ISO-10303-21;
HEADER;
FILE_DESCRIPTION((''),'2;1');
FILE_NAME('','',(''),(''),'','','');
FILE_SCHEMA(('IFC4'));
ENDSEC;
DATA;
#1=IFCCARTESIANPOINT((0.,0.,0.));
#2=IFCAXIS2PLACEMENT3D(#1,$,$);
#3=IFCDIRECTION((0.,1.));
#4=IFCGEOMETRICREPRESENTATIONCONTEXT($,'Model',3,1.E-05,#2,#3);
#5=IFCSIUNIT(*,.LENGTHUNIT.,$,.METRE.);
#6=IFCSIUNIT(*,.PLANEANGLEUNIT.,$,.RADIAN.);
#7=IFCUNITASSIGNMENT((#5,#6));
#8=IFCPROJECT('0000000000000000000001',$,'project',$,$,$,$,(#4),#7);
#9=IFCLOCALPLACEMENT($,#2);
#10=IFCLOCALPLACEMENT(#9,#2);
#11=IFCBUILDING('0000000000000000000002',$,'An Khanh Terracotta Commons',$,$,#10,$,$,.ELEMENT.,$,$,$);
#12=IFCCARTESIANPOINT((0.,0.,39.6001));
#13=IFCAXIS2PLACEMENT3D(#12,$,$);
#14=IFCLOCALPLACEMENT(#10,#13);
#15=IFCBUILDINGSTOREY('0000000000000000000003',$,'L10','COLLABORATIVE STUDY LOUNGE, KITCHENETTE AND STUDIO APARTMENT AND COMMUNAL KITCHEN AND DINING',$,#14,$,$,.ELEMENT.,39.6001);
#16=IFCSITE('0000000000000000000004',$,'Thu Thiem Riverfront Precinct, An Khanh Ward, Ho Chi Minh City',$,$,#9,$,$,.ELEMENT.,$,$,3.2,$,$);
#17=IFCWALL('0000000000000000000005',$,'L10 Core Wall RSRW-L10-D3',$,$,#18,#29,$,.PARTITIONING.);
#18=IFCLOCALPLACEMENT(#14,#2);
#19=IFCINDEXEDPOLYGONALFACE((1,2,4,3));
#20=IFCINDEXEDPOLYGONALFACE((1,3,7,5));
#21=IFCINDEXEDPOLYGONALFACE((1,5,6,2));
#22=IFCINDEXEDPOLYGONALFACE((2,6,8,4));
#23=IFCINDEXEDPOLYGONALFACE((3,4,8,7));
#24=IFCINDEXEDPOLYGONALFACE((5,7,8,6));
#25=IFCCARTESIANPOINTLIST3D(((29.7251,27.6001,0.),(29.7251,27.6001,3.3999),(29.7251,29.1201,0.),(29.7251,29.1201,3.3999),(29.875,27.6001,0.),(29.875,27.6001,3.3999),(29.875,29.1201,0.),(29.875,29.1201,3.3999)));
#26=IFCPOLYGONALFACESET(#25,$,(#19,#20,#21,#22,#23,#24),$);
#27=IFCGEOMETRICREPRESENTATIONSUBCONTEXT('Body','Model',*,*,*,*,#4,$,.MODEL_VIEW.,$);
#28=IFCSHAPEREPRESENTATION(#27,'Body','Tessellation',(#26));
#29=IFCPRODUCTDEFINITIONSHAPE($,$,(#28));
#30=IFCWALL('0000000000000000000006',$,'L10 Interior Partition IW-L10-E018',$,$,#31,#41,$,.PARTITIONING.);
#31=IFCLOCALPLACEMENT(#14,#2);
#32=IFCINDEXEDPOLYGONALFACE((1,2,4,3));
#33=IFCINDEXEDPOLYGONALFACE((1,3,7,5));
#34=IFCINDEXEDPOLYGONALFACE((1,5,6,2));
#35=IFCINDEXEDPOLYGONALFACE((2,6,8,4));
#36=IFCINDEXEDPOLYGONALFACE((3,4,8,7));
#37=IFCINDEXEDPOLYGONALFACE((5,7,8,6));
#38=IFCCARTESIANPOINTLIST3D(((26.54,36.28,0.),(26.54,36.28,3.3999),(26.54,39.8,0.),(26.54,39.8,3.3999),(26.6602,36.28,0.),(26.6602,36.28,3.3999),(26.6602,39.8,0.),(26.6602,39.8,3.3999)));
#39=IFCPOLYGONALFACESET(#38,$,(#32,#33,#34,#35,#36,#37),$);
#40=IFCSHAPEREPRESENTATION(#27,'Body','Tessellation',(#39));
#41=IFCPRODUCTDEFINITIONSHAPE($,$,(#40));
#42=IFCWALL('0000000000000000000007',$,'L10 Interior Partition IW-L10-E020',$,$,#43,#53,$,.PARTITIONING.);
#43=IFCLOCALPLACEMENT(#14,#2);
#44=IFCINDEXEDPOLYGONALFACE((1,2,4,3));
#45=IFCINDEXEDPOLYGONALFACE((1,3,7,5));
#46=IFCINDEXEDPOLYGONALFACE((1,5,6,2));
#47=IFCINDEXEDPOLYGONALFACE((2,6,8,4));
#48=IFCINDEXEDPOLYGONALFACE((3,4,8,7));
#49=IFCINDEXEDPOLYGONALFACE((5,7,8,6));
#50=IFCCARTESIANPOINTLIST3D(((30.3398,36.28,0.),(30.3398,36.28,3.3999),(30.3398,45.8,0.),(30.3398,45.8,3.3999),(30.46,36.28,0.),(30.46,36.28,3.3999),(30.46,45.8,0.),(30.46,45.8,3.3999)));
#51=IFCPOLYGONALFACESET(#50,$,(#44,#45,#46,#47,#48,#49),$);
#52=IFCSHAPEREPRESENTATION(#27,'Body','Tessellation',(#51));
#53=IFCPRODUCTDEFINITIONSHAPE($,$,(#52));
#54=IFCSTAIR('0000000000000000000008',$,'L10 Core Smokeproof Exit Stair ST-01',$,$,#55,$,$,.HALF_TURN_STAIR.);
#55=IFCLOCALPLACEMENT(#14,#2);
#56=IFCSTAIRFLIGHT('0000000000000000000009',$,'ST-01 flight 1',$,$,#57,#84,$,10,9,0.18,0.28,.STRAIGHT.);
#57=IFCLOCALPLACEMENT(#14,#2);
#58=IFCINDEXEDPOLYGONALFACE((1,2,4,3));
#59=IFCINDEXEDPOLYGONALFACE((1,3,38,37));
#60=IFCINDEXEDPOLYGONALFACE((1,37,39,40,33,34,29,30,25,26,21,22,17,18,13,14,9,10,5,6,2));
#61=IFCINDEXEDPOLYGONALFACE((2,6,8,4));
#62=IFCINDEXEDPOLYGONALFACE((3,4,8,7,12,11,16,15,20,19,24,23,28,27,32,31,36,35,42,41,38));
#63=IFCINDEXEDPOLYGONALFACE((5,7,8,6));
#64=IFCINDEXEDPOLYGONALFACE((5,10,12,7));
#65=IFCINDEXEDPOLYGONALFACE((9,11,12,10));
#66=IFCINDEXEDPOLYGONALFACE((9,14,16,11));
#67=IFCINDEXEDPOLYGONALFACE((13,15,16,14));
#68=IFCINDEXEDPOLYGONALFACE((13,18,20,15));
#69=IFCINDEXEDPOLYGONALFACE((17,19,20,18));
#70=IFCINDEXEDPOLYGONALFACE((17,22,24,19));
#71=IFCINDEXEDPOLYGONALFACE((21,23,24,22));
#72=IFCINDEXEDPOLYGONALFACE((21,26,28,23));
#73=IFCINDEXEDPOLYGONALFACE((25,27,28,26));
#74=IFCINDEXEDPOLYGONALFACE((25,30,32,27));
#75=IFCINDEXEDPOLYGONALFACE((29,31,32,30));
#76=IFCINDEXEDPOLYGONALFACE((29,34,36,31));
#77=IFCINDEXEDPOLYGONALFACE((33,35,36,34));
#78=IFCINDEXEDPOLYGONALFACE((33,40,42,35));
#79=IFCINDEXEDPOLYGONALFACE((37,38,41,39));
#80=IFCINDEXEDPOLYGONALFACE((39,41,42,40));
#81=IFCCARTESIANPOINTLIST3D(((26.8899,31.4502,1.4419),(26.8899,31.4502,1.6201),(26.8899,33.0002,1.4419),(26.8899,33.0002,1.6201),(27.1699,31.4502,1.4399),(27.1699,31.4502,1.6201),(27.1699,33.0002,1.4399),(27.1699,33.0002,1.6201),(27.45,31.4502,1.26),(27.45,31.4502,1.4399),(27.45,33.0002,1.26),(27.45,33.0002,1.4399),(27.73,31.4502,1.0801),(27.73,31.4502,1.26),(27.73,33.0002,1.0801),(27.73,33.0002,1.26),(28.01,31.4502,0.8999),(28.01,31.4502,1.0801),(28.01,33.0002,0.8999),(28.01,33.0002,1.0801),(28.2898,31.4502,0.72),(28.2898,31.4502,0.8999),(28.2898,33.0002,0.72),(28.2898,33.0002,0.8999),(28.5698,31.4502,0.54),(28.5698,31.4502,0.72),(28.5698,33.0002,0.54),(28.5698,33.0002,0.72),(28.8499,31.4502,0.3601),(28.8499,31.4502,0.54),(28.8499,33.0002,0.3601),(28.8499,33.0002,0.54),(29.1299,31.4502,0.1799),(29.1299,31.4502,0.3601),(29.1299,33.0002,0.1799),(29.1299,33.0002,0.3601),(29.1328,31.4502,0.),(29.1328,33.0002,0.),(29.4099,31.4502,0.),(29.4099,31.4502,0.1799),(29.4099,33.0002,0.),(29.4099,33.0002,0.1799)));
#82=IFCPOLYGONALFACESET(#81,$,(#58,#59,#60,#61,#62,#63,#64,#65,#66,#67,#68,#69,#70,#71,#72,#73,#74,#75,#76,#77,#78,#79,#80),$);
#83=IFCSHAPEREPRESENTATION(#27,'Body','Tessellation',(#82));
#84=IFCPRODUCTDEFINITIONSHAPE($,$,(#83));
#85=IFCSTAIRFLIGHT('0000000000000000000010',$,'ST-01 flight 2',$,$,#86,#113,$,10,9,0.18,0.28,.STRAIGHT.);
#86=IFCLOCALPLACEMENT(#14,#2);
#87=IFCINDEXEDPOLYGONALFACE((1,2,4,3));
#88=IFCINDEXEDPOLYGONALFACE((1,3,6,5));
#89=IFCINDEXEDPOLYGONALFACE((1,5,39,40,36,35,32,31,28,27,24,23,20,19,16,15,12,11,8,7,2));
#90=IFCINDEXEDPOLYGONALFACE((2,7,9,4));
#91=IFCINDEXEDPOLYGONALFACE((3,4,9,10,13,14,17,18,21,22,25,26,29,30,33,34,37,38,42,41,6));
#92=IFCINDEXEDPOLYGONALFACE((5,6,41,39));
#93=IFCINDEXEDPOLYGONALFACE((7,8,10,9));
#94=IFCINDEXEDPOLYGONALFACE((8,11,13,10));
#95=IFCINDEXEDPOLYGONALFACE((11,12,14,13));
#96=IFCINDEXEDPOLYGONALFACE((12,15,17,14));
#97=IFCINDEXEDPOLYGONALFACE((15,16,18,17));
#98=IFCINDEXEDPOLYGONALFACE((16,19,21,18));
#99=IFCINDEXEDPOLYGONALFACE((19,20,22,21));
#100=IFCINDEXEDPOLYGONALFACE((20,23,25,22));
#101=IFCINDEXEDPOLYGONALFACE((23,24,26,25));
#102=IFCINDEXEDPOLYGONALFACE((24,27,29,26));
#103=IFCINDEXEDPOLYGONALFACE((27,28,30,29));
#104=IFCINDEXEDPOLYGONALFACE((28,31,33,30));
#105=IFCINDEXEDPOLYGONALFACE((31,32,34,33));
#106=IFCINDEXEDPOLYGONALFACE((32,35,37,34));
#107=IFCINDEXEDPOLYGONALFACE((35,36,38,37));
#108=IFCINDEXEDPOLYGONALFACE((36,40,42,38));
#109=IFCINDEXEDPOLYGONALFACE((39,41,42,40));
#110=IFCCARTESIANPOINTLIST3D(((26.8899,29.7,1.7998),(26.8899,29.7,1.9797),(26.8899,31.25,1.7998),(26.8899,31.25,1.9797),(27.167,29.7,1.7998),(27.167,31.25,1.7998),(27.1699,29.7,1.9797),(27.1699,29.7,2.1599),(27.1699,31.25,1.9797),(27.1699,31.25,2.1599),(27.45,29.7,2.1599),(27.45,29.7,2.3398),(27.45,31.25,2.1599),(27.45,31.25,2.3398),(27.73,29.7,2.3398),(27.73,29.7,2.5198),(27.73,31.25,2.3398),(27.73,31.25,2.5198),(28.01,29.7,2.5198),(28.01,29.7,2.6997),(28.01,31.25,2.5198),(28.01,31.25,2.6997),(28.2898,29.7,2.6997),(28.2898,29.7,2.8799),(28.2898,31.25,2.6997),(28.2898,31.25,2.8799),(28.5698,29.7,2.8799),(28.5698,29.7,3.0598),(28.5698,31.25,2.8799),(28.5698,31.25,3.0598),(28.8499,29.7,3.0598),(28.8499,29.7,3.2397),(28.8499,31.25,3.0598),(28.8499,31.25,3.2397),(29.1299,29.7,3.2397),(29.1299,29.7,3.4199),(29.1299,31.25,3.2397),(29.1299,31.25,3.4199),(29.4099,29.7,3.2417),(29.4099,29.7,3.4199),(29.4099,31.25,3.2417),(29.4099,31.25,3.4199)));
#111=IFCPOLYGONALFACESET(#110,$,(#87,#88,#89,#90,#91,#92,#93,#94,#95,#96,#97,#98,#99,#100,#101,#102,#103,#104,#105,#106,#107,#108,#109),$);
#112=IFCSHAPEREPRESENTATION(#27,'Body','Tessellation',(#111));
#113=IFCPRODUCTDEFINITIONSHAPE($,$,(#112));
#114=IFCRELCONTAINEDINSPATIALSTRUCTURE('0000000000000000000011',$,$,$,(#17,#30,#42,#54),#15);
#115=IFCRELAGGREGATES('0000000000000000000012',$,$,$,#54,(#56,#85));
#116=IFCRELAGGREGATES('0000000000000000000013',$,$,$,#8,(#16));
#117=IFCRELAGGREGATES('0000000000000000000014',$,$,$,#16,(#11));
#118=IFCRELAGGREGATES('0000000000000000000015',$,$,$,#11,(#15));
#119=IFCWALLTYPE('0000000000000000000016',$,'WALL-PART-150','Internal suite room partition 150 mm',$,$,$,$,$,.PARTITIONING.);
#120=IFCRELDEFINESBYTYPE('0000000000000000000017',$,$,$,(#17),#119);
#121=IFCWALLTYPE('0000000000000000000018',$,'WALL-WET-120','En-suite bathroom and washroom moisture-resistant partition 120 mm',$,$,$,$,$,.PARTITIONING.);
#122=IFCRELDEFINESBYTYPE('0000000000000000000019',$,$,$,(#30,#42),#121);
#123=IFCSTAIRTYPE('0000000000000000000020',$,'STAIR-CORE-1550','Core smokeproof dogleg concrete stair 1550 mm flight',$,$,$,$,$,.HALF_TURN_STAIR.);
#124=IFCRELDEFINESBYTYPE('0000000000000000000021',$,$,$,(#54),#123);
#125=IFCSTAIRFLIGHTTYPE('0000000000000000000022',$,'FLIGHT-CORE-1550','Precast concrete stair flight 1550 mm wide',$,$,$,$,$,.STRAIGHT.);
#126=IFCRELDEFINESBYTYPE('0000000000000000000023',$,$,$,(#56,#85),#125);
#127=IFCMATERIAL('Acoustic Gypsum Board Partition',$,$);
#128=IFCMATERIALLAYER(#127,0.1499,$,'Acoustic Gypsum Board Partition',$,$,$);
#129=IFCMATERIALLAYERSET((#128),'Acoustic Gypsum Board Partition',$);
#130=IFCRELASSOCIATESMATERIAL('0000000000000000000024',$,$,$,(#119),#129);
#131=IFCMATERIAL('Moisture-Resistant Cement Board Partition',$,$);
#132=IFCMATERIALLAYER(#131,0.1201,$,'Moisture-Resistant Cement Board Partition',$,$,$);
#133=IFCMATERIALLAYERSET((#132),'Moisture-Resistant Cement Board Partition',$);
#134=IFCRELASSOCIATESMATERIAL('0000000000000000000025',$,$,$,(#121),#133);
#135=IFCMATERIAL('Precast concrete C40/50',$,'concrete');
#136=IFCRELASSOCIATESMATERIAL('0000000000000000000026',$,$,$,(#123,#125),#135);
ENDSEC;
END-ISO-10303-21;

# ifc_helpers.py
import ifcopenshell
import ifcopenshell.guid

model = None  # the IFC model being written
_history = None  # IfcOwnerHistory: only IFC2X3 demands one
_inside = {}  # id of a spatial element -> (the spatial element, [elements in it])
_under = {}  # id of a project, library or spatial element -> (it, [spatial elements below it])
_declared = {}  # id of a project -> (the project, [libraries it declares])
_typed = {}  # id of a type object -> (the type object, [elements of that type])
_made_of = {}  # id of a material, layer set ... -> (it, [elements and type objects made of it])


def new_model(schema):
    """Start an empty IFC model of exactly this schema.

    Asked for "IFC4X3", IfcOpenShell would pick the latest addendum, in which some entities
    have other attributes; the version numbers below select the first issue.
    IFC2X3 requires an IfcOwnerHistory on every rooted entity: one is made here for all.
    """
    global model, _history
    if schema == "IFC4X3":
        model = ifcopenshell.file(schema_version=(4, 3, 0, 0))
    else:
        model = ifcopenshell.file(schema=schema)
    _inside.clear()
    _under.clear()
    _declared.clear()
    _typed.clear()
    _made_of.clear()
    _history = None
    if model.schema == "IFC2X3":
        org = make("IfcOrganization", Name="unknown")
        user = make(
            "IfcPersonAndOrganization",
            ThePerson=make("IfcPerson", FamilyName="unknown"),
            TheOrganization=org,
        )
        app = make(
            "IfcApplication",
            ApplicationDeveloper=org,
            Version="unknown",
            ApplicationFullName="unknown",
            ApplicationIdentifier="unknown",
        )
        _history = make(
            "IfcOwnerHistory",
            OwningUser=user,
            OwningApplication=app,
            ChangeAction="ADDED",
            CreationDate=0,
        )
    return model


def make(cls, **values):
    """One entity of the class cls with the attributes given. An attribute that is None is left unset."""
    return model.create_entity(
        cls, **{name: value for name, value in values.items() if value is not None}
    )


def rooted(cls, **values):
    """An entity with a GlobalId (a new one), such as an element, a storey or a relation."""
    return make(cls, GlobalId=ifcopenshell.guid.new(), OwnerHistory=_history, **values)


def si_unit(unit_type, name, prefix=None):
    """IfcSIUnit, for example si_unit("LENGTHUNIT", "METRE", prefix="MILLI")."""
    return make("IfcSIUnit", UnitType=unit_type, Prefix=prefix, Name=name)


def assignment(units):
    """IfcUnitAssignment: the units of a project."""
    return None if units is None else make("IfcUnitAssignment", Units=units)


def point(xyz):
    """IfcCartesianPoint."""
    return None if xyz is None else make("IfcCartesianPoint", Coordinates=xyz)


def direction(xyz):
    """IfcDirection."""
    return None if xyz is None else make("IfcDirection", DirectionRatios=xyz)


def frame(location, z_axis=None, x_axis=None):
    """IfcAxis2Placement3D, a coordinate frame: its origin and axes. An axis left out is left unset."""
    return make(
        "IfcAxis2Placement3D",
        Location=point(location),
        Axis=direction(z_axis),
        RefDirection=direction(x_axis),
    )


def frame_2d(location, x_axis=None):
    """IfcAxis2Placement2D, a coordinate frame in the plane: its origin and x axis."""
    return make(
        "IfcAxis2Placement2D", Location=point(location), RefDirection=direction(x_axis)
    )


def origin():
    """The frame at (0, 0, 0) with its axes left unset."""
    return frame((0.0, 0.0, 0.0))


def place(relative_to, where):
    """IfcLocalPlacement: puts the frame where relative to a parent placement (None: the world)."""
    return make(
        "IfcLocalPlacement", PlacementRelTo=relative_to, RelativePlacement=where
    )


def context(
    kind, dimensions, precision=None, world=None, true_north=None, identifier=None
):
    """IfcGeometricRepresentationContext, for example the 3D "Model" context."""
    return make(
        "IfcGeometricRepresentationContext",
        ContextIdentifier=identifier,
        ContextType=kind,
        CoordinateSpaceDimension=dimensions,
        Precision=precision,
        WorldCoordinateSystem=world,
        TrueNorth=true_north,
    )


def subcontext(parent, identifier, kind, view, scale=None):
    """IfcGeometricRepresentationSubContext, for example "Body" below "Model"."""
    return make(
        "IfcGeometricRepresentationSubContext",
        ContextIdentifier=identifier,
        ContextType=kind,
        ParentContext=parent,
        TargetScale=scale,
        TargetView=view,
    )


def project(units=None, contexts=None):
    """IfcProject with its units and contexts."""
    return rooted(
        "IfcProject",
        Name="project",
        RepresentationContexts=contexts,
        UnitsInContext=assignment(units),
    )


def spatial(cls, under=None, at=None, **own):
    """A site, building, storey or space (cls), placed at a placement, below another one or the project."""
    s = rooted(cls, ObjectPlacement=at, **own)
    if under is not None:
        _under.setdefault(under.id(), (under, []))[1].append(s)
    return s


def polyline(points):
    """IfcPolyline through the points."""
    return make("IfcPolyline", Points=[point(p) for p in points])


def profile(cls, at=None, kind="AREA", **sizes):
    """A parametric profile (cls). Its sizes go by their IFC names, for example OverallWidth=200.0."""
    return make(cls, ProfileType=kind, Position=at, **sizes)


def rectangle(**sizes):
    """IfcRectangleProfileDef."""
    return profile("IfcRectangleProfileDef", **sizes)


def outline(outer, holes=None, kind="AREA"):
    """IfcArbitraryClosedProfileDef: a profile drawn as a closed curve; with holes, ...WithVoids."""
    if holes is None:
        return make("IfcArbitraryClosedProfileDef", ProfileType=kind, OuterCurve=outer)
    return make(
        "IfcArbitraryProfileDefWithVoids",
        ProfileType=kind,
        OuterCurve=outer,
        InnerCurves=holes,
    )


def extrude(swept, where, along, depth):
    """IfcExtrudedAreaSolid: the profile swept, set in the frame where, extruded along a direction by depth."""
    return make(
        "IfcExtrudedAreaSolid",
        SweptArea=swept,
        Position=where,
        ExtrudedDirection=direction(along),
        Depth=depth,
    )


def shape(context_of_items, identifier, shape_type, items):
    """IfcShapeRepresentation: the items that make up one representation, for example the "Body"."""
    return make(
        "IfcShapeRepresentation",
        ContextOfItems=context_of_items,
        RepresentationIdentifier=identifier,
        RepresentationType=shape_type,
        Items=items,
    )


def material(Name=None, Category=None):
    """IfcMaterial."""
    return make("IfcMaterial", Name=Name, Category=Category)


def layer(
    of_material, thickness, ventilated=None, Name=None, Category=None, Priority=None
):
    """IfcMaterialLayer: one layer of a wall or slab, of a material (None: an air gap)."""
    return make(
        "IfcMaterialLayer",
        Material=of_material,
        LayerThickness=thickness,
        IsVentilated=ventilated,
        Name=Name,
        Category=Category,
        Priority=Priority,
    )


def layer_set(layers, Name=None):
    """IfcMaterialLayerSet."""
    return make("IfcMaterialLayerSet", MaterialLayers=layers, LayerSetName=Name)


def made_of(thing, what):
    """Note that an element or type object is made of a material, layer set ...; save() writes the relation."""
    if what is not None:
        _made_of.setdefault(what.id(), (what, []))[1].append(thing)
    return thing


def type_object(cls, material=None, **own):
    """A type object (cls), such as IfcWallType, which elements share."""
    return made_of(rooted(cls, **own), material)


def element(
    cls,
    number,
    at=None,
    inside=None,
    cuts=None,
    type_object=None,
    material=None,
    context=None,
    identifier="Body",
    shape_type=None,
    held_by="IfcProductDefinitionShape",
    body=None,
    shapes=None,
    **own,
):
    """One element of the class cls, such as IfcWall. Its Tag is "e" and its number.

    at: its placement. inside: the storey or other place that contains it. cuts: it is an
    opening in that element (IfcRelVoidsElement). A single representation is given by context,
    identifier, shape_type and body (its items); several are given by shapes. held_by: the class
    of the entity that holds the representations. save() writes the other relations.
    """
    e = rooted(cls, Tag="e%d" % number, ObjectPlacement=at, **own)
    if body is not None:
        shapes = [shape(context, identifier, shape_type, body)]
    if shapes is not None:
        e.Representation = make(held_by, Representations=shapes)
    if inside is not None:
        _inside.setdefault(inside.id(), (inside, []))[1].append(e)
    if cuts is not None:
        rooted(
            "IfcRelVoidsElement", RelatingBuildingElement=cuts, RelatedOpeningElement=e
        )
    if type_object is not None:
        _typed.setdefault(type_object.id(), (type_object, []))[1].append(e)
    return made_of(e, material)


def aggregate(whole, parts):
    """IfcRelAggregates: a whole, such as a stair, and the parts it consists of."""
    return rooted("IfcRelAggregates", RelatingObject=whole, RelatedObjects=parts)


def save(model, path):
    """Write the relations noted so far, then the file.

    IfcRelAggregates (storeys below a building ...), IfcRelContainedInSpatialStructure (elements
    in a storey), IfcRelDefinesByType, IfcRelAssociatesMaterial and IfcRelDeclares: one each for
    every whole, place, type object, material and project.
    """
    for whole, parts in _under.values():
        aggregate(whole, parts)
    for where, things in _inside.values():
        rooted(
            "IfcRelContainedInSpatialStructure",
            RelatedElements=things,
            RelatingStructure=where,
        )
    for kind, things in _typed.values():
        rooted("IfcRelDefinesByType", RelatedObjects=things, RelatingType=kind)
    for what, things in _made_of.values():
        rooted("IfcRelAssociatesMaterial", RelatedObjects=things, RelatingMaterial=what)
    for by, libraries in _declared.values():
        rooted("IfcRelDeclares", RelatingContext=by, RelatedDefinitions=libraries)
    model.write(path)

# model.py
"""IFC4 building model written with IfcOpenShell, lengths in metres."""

from ifc_helpers import new_model, si_unit, direction, frame, frame_2d, origin, place, context, subcontext, project, spatial, polyline, rectangle, outline, extrude, material, layer, layer_set, type_object, element, aggregate, save


model = new_model("IFC4")

# Units and contexts
model_context = context("Model", 3, precision=1e-05, world=origin(), true_north=direction((0.0, 1.0)))
body_context = subcontext(model_context, "Body", "Model", "MODEL_VIEW")
ifc_project = project(units=[si_unit("LENGTHUNIT", "METRE"), si_unit("PLANEANGLEUNIT", "RADIAN")], contexts=[model_context])

# Site, building, storey
site_placement = place(None, origin())
site = spatial("IfcSite", under=ifc_project, at=site_placement, Name="Thu Thiem Riverfront Precinct, An Khanh Ward, Ho Chi Minh City", CompositionType="ELEMENT", RefElevation=3.2)
building_placement = place(site_placement, origin())
building = spatial("IfcBuilding", under=site, at=building_placement, Name="An Khanh Terracotta Commons", CompositionType="ELEMENT")
storey_placement = place(building_placement, frame((0.0, 0.0, 39.6001)))
storey = spatial("IfcBuildingStorey", under=building, at=storey_placement, Name="L10", Description="COLLABORATIVE STUDY LOUNGE, KITCHENETTE AND STUDIO APARTMENT AND COMMUNAL KITCHEN AND DINING", CompositionType="ELEMENT", Elevation=39.6001)

# Wall
ifc_material_1 = material(Name="Acoustic Gypsum Board Partition")
ifc_layer_1 = layer(ifc_material_1, 0.1499, Name="Acoustic Gypsum Board Partition")
ifc_layer_set_1 = layer_set([ifc_layer_1], Name="Acoustic Gypsum Board Partition")
wall_type_1 = type_object("IfcWallType", Name="WALL-PART-150", Description="Internal suite room partition 150 mm", PredefinedType="PARTITIONING", material=ifc_layer_set_1)
for number, where, z_axis, x_axis, name in (
    (1, (29.8, 27.6001, 0.0), (0.0, 0.0, 1.0), (0.0, 1.0, 0.0), "L10 Core Wall RSRW-L10-D3"),
):
    element("IfcWall", number, at=place(storey_placement, frame(where, z_axis=z_axis, x_axis=x_axis)), inside=storey, type_object=wall_type_1, Name=name, PredefinedType="PARTITIONING", context=body_context, shape_type="SweptSolid", body=[
        extrude(rectangle(XDim=1.52, YDim=0.1499, at=frame_2d((0.76, 0.0))), origin(), (0.0, 0.0, 1.0), 3.3999),
    ])

# Walls
ifc_material_2 = material(Name="Moisture-Resistant Cement Board Partition")
ifc_layer_2 = layer(ifc_material_2, 0.1201, Name="Moisture-Resistant Cement Board Partition")
ifc_layer_set_2 = layer_set([ifc_layer_2], Name="Moisture-Resistant Cement Board Partition")
wall_type_2 = type_object("IfcWallType", Name="WALL-WET-120", Description="En-suite bathroom and washroom moisture-resistant partition 120 mm", PredefinedType="PARTITIONING", material=ifc_layer_set_2)
wall_1_placement = place(storey_placement, frame((26.6001, 36.28, 0.0), z_axis=(0.0, 0.0, 1.0), x_axis=(0.0, 1.0, 0.0)))
element("IfcWall", 2, at=wall_1_placement, inside=storey, type_object=wall_type_2, Name="L10 Interior Partition IW-L10-E018", PredefinedType="PARTITIONING", context=body_context, shape_type="SweptSolid", body=[
    extrude(rectangle(XDim=3.52, YDim=0.1201, at=frame_2d((1.76, 0.0))), origin(), (0.0, 0.0, 1.0), 3.3999),
])
wall_2_placement = place(storey_placement, frame((30.3999, 36.28, 0.0), z_axis=(0.0, 0.0, 1.0), x_axis=(0.0, 1.0, 0.0)))
element("IfcWall", 3, at=wall_2_placement, inside=storey, type_object=wall_type_2, Name="L10 Interior Partition IW-L10-E020", PredefinedType="PARTITIONING", context=body_context, shape_type="SweptSolid", body=[
    extrude(rectangle(XDim=9.52, YDim=0.1201, at=frame_2d((4.76, 0.0))), origin(), (0.0, 0.0, 1.0), 3.3999),
])

# Stair, stair flights
ifc_material_3 = material(Name="Precast concrete C40/50", Category="concrete")
stair_type = type_object("IfcStairType", Name="STAIR-CORE-1550", Description="Core smokeproof dogleg concrete stair 1550 mm flight", PredefinedType="HALF_TURN_STAIR", material=ifc_material_3)
stair_placement = place(storey_placement, origin())
stair = element("IfcStair", 4, at=stair_placement, inside=storey, type_object=stair_type, Name="L10 Core Smokeproof Exit Stair ST-01", PredefinedType="HALF_TURN_STAIR")
stair_flight_type = type_object("IfcStairFlightType", Name="FLIGHT-CORE-1550", Description="Precast concrete stair flight 1550 mm wide", PredefinedType="STRAIGHT", material=ifc_material_3)
stair_flight_1_placement = place(storey_placement, frame((29.4099, 32.2251, 0.0), z_axis=(0.0, 0.0, 1.0), x_axis=(-1.0, 0.0, 0.0)))
stair_flight_1 = element("IfcStairFlight", 5, at=stair_flight_1_placement, type_object=stair_flight_type, Name="ST-01 flight 1", NumberOfRisers=10, NumberOfTreads=9, PredefinedType="STRAIGHT", RiserHeight=0.18, TreadLength=0.28, context=body_context, shape_type="SweptSolid", body=[
    extrude(outline(polyline([(0.0, 0.0), (0.0, 0.1799), (0.28, 0.1799), (0.28, 0.3601), (0.5601, 0.3601), (0.5601, 0.54), (0.8401, 0.54), (0.8401, 0.72), (1.1201, 0.72), (1.1201, 0.8999), (1.3999, 0.8999), (1.3999, 1.0801), (1.6799, 1.0801), (1.6799, 1.26), (1.96, 1.26), (1.96, 1.4399), (2.24, 1.4399), (2.24, 1.6201), (2.52, 1.6201), (2.52, 1.8), (2.52, 1.4419), (0.2771, 0.0), (0.0, 0.0)])), frame((0.0, 0.7749, 0.0), z_axis=(0.0, -1.0, 0.0), x_axis=(1.0, 0.0, 0.0)), (0.0, 0.0, 1.0), 1.55),
])
stair_flight_2_placement = place(storey_placement, frame((26.8899, 30.4751, 1.7998), z_axis=(0.0, 0.0, 1.0), x_axis=(1.0, 0.0, 0.0)))
stair_flight_2 = element("IfcStairFlight", 6, at=stair_flight_2_placement, type_object=stair_flight_type, Name="ST-01 flight 2", NumberOfRisers=10, NumberOfTreads=9, PredefinedType="STRAIGHT", RiserHeight=0.18, TreadLength=0.28, context=body_context, shape_type="SweptSolid", body=[
    extrude(outline(polyline([(0.0, 0.0), (0.0, 0.1799), (0.28, 0.1799), (0.28, 0.3601), (0.5601, 0.3601), (0.5601, 0.54), (0.8401, 0.54), (0.8401, 0.72), (1.1201, 0.72), (1.1201, 0.8999), (1.3999, 0.8999), (1.3999, 1.0801), (1.6799, 1.0801), (1.6799, 1.26), (1.96, 1.26), (1.96, 1.4399), (2.24, 1.4399), (2.24, 1.6201), (2.52, 1.6201), (2.52, 1.8), (2.52, 1.4419), (0.2771, 0.0), (0.0, 0.0)])), frame((0.0, 0.7749, 0.0), z_axis=(0.0, -1.0, 0.0), x_axis=(1.0, 0.0, 0.0)), (0.0, 0.0, 1.0), 1.55),
])
aggregate(stair, [stair_flight_1, stair_flight_2])

save(model, "model.ifc")
